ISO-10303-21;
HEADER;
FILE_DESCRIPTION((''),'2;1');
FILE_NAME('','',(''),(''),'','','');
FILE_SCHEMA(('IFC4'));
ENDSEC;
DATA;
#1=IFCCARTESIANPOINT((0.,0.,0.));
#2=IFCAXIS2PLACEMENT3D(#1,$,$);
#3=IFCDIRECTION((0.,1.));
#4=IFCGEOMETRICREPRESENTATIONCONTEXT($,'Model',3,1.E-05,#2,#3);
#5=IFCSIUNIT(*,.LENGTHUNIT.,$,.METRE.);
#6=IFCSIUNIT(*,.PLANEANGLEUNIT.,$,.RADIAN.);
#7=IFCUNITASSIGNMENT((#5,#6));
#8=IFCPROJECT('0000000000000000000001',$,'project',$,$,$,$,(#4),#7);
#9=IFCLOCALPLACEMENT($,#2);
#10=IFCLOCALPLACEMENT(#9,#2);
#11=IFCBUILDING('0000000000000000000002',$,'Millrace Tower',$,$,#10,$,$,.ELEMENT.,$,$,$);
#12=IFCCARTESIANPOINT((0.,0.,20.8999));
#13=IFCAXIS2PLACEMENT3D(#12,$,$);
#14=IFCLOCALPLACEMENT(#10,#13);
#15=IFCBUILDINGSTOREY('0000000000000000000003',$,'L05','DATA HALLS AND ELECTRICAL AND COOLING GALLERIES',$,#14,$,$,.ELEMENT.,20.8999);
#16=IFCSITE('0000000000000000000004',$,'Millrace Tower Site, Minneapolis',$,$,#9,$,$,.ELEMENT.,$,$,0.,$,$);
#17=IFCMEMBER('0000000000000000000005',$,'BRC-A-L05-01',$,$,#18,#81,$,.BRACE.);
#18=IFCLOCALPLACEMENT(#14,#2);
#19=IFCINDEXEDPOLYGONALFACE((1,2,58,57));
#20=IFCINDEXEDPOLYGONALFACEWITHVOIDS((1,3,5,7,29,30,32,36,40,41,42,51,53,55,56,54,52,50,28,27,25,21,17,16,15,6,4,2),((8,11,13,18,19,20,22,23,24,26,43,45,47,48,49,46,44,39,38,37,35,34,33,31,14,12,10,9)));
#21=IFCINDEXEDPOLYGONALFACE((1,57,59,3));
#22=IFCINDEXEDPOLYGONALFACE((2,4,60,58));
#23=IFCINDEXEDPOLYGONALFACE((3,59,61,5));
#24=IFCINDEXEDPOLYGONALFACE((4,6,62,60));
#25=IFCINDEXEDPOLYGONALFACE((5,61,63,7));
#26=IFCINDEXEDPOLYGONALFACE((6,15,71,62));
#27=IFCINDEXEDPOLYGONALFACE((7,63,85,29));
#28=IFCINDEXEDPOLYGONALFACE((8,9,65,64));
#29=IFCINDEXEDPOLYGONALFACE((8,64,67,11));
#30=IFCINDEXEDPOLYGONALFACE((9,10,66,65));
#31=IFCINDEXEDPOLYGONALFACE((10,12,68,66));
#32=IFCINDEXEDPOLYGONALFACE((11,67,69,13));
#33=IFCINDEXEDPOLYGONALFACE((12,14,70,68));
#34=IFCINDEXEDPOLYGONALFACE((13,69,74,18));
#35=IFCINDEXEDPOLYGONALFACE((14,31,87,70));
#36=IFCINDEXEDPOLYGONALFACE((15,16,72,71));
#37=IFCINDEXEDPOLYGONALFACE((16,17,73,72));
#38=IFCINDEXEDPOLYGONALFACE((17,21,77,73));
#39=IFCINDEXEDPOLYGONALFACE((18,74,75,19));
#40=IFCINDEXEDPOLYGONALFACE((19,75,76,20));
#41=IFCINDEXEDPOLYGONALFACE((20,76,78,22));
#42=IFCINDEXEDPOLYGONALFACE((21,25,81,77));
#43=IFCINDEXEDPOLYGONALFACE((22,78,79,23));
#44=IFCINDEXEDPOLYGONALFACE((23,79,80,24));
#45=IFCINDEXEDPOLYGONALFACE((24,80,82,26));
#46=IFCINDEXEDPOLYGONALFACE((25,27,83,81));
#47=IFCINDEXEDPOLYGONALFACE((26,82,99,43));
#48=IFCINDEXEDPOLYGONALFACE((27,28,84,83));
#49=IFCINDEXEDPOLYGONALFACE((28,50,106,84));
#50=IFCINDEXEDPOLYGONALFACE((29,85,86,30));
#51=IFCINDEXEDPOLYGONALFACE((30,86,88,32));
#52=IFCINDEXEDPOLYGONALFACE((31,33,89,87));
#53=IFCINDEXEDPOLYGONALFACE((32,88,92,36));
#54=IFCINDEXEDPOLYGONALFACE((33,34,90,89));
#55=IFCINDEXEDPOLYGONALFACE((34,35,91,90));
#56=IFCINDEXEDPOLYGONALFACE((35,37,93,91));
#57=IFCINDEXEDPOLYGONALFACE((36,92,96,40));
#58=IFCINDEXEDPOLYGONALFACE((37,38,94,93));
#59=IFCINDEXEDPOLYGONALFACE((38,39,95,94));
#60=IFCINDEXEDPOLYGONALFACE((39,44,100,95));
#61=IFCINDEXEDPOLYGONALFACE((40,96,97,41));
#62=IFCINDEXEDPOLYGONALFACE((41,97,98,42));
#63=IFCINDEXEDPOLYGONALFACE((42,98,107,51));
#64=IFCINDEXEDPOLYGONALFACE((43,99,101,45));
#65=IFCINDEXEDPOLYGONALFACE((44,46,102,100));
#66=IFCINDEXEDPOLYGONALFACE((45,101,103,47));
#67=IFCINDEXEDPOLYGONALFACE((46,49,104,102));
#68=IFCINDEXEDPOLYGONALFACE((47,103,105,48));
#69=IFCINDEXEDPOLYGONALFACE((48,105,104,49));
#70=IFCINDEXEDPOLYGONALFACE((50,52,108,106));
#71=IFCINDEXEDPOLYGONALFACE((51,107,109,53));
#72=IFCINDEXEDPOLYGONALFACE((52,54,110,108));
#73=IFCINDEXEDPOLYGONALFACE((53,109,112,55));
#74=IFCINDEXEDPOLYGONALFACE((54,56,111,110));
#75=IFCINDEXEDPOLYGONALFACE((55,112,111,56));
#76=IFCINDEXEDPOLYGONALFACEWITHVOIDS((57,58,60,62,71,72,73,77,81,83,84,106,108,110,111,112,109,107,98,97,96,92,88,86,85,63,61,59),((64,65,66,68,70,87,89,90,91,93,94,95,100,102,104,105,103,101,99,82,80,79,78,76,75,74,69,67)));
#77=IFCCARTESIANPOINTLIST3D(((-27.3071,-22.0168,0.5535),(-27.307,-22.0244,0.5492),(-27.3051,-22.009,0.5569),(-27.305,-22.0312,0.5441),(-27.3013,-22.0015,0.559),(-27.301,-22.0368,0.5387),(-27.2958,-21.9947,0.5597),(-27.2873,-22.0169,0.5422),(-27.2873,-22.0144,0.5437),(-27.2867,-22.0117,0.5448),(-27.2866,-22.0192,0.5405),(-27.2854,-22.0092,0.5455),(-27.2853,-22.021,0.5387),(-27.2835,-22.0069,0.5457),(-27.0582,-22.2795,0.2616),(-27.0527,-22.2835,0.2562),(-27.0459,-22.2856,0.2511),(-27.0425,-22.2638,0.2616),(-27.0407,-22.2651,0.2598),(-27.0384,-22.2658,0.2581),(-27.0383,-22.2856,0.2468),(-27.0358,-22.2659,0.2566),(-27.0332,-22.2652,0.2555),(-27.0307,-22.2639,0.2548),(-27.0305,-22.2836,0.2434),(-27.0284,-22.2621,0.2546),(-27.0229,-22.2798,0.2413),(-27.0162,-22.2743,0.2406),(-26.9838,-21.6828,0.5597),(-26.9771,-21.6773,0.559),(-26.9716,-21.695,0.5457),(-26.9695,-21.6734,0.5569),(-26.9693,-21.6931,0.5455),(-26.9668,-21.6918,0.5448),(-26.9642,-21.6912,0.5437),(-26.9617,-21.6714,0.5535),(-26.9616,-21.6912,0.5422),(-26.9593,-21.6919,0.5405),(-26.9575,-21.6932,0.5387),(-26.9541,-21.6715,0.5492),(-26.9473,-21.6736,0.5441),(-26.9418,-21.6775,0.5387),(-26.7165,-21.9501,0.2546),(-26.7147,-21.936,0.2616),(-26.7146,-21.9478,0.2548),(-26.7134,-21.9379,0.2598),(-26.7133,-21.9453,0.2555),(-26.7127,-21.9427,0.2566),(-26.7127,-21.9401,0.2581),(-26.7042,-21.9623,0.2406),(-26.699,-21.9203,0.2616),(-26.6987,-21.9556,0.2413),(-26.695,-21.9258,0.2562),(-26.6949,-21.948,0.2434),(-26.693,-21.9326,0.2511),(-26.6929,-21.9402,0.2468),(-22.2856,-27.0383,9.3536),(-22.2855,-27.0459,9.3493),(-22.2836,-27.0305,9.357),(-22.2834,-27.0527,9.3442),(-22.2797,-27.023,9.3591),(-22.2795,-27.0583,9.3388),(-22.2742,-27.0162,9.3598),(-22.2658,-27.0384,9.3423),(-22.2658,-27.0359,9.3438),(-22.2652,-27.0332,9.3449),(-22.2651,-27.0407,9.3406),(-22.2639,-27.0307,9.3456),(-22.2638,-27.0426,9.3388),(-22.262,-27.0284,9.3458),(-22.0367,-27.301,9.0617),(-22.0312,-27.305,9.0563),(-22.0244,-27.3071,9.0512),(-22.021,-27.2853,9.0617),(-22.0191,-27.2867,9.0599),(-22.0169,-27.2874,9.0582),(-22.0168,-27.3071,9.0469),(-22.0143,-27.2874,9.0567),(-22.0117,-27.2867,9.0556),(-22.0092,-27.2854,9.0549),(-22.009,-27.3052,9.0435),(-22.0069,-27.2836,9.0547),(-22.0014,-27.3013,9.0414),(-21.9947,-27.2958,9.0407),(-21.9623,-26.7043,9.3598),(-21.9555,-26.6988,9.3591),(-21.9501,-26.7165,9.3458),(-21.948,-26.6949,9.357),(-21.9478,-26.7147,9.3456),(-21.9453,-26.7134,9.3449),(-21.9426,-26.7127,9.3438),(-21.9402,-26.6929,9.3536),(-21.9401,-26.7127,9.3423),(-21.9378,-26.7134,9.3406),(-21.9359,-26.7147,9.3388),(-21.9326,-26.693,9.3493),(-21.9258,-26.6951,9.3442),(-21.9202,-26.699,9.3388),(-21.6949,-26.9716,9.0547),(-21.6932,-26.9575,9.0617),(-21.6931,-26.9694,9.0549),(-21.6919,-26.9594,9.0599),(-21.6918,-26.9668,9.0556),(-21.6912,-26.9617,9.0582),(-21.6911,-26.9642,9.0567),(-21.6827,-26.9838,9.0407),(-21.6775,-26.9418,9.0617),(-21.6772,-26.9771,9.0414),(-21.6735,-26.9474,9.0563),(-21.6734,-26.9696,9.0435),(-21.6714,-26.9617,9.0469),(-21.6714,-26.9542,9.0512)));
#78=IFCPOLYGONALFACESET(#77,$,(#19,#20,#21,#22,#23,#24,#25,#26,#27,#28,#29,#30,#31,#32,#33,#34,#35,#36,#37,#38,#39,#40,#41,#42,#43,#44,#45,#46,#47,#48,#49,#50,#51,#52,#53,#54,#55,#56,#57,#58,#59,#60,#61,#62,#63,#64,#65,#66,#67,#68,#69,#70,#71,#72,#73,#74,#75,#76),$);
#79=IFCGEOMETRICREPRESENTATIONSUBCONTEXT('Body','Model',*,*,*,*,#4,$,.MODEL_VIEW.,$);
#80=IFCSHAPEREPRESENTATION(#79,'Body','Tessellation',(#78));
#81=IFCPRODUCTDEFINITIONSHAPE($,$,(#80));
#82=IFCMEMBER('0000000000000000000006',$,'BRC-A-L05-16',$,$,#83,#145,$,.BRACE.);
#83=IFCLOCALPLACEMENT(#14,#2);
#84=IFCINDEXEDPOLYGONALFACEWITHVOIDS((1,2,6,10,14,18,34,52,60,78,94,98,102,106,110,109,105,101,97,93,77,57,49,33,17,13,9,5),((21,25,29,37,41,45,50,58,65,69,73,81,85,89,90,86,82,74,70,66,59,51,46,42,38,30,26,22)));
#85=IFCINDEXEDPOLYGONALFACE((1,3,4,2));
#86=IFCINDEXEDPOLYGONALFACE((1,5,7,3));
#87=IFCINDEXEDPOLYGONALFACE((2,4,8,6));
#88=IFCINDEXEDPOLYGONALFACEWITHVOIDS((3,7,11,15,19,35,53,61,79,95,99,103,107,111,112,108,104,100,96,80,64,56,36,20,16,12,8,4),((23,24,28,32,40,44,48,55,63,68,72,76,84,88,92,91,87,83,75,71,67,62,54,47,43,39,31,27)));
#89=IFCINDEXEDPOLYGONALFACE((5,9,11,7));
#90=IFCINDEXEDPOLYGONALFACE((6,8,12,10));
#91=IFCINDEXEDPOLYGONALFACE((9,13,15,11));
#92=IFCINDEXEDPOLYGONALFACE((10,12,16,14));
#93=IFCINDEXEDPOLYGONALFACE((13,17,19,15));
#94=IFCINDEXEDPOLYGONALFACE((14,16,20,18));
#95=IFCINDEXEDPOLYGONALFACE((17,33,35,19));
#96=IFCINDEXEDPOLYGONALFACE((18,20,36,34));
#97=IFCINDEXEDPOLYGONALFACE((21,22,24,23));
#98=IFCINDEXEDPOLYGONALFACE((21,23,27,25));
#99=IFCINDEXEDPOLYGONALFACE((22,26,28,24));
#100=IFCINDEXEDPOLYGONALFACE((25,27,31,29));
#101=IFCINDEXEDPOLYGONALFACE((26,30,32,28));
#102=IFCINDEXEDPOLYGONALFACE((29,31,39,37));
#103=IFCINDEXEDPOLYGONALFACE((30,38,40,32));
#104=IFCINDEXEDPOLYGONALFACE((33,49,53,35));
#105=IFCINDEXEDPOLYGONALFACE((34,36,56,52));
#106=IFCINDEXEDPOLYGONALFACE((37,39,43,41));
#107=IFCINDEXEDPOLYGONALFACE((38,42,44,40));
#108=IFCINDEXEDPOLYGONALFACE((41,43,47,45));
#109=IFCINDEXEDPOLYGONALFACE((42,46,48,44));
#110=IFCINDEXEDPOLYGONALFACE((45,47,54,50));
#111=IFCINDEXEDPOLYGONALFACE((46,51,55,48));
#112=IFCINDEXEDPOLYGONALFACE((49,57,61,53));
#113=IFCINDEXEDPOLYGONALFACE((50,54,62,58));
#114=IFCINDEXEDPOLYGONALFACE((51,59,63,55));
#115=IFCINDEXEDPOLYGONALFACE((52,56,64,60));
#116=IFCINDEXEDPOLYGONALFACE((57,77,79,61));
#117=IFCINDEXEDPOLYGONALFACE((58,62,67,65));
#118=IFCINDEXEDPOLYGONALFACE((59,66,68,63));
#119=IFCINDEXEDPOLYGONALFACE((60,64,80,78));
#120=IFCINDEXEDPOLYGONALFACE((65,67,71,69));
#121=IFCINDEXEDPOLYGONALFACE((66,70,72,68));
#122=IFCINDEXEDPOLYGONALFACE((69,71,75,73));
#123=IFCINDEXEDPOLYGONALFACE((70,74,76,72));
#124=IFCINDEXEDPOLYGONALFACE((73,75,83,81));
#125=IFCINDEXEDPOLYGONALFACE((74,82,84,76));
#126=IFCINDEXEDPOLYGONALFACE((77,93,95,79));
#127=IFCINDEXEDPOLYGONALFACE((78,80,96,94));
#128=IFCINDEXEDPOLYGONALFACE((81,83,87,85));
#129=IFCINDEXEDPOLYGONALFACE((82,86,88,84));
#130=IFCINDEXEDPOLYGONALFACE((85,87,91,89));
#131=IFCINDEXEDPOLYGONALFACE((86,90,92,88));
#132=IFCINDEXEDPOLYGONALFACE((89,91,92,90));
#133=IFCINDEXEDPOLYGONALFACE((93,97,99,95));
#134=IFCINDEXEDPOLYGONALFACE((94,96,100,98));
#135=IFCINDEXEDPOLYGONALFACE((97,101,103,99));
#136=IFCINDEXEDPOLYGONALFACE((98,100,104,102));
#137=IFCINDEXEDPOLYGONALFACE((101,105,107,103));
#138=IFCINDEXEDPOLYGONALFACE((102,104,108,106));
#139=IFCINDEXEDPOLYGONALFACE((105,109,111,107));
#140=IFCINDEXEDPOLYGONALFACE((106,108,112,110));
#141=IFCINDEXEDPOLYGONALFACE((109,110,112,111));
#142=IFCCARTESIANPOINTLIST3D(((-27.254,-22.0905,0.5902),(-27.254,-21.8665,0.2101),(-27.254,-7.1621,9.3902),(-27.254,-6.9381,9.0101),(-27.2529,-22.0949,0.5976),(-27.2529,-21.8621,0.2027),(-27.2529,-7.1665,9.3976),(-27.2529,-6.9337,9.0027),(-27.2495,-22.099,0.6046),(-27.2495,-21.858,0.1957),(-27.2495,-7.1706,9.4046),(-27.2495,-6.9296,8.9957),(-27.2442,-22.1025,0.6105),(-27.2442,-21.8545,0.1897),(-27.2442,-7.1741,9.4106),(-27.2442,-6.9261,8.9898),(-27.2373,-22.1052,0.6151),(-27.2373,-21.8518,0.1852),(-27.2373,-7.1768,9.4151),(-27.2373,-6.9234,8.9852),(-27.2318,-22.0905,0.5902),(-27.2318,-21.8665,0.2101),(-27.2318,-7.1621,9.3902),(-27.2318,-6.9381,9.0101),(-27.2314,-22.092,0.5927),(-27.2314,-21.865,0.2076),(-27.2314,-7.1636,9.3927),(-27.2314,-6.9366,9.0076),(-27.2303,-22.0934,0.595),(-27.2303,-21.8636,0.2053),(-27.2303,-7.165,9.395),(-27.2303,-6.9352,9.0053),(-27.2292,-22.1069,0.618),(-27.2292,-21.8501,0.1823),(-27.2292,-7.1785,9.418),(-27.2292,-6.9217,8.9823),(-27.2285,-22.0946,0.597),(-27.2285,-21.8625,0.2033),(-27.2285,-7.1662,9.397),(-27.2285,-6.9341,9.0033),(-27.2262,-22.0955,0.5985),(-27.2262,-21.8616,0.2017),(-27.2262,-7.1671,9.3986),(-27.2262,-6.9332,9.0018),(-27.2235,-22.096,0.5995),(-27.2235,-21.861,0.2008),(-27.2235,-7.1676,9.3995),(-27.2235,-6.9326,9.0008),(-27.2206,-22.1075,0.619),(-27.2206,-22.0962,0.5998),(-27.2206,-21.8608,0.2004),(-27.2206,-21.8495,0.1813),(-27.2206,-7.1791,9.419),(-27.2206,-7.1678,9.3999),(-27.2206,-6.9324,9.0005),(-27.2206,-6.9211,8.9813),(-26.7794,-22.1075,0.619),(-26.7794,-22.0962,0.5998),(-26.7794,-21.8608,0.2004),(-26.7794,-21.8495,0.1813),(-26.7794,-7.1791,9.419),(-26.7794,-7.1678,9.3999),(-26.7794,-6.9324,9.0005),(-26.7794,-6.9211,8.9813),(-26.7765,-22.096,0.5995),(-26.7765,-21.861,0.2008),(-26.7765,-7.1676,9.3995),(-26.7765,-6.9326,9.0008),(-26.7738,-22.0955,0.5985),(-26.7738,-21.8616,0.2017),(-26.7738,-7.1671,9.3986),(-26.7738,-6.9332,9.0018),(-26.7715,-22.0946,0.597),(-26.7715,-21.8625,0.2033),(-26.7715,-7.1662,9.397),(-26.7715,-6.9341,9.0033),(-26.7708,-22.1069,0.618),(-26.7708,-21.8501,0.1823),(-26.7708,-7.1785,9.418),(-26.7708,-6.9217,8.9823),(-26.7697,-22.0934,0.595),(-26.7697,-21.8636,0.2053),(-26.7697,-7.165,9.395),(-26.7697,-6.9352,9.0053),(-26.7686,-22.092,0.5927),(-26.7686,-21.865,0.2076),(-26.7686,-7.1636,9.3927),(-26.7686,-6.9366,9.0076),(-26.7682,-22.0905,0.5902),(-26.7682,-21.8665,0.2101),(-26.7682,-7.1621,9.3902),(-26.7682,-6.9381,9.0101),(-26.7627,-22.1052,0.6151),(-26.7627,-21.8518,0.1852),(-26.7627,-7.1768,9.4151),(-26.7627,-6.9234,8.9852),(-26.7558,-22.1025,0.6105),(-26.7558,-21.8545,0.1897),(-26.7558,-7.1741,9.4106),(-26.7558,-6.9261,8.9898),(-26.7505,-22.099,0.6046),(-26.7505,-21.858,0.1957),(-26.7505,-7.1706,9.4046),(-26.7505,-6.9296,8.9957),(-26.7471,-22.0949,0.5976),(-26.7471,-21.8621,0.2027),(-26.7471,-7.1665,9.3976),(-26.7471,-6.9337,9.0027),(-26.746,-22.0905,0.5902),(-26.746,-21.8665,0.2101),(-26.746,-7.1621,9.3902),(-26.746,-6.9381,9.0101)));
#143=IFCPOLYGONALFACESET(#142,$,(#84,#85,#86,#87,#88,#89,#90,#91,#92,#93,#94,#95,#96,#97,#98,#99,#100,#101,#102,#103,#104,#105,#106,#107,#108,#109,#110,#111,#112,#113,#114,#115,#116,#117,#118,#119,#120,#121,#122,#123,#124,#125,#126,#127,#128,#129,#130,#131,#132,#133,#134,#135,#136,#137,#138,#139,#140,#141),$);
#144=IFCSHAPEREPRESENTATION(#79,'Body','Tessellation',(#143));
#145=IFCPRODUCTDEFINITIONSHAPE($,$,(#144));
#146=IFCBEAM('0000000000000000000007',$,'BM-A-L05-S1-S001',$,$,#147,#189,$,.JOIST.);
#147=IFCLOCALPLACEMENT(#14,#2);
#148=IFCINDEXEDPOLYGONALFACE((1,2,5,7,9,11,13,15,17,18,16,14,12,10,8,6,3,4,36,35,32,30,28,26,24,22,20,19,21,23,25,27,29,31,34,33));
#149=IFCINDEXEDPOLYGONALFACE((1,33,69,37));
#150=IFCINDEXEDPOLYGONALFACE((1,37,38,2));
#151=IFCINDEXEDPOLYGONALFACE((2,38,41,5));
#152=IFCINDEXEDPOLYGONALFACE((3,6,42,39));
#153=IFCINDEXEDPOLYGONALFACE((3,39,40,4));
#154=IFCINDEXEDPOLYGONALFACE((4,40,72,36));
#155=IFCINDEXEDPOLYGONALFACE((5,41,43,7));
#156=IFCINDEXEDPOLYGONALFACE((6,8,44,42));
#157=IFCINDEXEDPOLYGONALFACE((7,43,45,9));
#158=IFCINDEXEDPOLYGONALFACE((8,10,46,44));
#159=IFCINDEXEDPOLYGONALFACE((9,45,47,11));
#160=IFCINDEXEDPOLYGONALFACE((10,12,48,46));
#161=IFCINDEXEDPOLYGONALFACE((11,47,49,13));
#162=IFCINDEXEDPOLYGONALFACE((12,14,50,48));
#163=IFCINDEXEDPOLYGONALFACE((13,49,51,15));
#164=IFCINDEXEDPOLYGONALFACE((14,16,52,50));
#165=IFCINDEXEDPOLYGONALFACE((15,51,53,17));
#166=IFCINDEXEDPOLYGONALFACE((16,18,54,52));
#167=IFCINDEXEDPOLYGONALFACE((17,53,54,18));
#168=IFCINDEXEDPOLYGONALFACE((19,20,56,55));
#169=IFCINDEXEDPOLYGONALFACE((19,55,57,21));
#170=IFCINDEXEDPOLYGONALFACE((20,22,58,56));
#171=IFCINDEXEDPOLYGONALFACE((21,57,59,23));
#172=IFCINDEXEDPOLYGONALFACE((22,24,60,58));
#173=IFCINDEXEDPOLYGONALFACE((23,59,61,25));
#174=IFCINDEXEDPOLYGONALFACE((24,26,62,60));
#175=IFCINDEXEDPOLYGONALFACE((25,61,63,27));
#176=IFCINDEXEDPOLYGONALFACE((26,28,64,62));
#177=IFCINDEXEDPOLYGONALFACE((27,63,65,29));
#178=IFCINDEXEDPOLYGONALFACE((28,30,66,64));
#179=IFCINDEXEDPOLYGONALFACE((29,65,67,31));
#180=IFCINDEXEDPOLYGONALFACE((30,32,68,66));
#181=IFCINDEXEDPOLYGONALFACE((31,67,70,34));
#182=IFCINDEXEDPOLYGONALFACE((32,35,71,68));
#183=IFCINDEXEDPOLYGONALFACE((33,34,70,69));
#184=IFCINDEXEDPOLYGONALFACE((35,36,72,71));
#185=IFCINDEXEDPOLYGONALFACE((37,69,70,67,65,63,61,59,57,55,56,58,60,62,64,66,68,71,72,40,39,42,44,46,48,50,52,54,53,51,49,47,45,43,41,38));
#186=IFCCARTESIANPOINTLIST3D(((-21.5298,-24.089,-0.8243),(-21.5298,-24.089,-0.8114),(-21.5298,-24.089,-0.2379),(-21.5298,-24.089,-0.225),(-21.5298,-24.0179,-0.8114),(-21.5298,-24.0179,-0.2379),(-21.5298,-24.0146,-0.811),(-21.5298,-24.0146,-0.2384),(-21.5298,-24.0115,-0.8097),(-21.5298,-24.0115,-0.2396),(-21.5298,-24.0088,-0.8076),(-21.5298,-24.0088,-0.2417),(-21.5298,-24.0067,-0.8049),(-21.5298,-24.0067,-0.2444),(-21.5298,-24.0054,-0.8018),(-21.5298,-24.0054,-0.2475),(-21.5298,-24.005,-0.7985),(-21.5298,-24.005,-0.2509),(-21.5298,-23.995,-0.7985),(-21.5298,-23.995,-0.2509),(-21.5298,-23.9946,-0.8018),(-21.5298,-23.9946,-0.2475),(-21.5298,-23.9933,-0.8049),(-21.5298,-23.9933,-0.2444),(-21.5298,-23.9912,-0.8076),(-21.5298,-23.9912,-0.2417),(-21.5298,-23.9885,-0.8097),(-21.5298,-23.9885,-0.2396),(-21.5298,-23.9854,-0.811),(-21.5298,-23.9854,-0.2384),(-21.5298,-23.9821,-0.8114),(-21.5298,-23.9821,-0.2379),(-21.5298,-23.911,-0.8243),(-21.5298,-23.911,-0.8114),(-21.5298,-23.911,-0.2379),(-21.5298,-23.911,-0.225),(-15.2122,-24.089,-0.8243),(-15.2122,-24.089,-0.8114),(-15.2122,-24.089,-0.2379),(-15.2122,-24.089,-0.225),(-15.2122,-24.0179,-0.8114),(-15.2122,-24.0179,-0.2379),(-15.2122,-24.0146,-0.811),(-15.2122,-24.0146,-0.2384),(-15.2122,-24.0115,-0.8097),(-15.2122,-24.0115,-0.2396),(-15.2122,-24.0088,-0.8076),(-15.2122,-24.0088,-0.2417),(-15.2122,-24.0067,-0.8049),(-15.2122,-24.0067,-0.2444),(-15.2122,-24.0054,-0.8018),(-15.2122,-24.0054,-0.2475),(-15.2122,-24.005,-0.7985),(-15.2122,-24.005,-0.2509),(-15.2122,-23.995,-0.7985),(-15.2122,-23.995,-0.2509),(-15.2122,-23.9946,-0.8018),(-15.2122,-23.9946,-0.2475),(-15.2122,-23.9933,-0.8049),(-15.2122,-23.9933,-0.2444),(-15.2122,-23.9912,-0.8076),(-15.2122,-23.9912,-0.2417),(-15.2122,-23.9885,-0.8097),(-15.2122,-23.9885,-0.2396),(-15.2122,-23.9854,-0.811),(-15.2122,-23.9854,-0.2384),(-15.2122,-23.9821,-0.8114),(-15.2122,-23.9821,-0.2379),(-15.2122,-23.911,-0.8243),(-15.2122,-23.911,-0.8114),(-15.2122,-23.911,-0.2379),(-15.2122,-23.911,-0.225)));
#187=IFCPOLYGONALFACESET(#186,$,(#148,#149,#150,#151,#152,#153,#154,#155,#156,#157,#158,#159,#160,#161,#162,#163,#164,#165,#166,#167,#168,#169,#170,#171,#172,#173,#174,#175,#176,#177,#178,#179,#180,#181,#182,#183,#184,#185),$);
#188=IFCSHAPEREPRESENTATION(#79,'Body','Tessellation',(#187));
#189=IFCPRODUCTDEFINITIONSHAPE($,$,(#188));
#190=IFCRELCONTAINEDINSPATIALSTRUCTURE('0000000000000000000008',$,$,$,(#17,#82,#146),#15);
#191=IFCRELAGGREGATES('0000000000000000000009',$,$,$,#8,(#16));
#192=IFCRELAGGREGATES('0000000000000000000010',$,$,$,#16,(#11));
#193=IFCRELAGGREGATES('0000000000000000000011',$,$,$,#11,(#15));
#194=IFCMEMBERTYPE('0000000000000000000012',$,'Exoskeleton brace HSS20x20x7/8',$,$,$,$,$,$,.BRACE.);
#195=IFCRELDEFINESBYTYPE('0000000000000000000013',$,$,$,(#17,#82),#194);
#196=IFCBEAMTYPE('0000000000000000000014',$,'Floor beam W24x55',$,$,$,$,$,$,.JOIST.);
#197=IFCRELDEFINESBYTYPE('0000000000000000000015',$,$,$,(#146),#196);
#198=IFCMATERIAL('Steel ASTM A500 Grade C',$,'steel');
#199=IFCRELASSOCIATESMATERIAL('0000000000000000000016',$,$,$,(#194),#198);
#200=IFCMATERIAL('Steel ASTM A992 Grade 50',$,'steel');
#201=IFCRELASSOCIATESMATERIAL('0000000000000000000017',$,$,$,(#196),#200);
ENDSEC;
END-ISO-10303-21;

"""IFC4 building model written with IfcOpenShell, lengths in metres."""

from ifc_helpers import new_model, si_unit, direction, frame, origin, origin_2d, place, context, subcontext, project, spatial, hollow_rectangle, i_section, extrude, material, material_profile, profile_set, type_object, element, save


model = new_model("IFC4")

# Units and contexts
model_context = context("Model", 3, precision=1e-05, world=origin(), true_north=direction((0.0, 1.0)))
body_context = subcontext(model_context, "Body", "Model", "MODEL_VIEW")
ifc_project = project(units=[si_unit("LENGTHUNIT", "METRE"), si_unit("PLANEANGLEUNIT", "RADIAN")], contexts=[model_context])

# Site, building, storey
site_placement = place(None, origin())
site = spatial("IfcSite", under=ifc_project, at=site_placement, Name="Millrace Tower Site, Minneapolis", CompositionType="ELEMENT", RefElevation=0.0)
building_placement = place(site_placement, origin())
building = spatial("IfcBuilding", under=site, at=building_placement, Name="Millrace Tower", CompositionType="ELEMENT")
storey_placement = place(building_placement, frame((0.0, 0.0, 20.8999)))
storey = spatial("IfcBuildingStorey", under=building, at=storey_placement, Name="L05", Description="DATA HALLS AND ELECTRICAL AND COOLING GALLERIES", CompositionType="ELEMENT", Elevation=20.8999)

# Members
ifc_material_1 = material(Name="Steel ASTM A500 Grade C", Category="steel")
ifc_material_profile_1 = material_profile(ifc_material_1, hollow_rectangle(XDim=0.5081, YDim=0.5081, WallThickness=0.0222, InnerFilletRadius=0.0112, OuterFilletRadius=0.0334, at=origin_2d()))
ifc_profile_set_1 = profile_set([ifc_material_profile_1], Name="Steel ASTM A500 Grade C")
member_type_1 = type_object("IfcMemberType", Name="Exoskeleton brace HSS20x20x7/8", PredefinedType="BRACE", material=ifc_profile_set_1)
member_1_placement = place(storey_placement, frame((-27.0, -21.9785, 0.4001), z_axis=(0.444064, -0.444064, 0.778213), x_axis=(0.707107, 0.707107, 0.0)))
element("IfcMember", 1, at=member_1_placement, inside=storey, type_object=member_type_1, Name="BRC-A-L05-01", PredefinedType="BRACE", context=body_context, shape_type="SweptSolid", body=[
    extrude(hollow_rectangle(XDim=0.5081, YDim=0.5081, WallThickness=0.0222, InnerFilletRadius=0.0112, OuterFilletRadius=0.0334, at=origin_2d()), origin(), (0.0, 0.0, 1.0), 11.3081),
])
member_2_placement = place(storey_placement, frame((-27.0, -21.9785, 0.4001), z_axis=(0.0, 0.861465, 0.507817), x_axis=(-1.0, 0.0, 0.0)))
element("IfcMember", 2, at=member_2_placement, inside=storey, type_object=member_type_1, Name="BRC-A-L05-16", PredefinedType="BRACE", context=body_context, shape_type="SweptSolid", body=[
    extrude(hollow_rectangle(XDim=0.5081, YDim=0.5081, WallThickness=0.0222, InnerFilletRadius=0.0112, OuterFilletRadius=0.0334, at=origin_2d()), origin(), (0.0, 0.0, 1.0), 17.3291),
])

# Beam
ifc_material_2 = material(Name="Steel ASTM A992 Grade 50", Category="steel")
ifc_material_profile_2 = material_profile(ifc_material_2, i_section(OverallWidth=0.178, OverallDepth=0.5994, WebThickness=0.01, FlangeThickness=0.0129, FilletRadius=0.0129, at=origin_2d()))
ifc_profile_set_2 = profile_set([ifc_material_profile_2], Name="Steel ASTM A992 Grade 50")
beam_type_1 = type_object("IfcBeamType", Name="Floor beam W24x55", PredefinedType="JOIST", material=ifc_profile_set_2)
beam_1_placement = place(storey_placement, frame((-21.5298, -24.0, -0.5247), z_axis=(1.0, 0.0, 0.0), x_axis=(0.0, 1.0, 0.0)))
element("IfcBeam", 3, at=beam_1_placement, inside=storey, type_object=beam_type_1, Name="BM-A-L05-S1-S001", PredefinedType="JOIST", context=body_context, shape_type="SweptSolid", body=[
    extrude(i_section(OverallWidth=0.178, OverallDepth=0.5994, WebThickness=0.01, FlangeThickness=0.0129, FilletRadius=0.0129, at=origin_2d()), origin(), (0.0, 0.0, 1.0), 6.3176),
])

save(model, "model.ifc")
